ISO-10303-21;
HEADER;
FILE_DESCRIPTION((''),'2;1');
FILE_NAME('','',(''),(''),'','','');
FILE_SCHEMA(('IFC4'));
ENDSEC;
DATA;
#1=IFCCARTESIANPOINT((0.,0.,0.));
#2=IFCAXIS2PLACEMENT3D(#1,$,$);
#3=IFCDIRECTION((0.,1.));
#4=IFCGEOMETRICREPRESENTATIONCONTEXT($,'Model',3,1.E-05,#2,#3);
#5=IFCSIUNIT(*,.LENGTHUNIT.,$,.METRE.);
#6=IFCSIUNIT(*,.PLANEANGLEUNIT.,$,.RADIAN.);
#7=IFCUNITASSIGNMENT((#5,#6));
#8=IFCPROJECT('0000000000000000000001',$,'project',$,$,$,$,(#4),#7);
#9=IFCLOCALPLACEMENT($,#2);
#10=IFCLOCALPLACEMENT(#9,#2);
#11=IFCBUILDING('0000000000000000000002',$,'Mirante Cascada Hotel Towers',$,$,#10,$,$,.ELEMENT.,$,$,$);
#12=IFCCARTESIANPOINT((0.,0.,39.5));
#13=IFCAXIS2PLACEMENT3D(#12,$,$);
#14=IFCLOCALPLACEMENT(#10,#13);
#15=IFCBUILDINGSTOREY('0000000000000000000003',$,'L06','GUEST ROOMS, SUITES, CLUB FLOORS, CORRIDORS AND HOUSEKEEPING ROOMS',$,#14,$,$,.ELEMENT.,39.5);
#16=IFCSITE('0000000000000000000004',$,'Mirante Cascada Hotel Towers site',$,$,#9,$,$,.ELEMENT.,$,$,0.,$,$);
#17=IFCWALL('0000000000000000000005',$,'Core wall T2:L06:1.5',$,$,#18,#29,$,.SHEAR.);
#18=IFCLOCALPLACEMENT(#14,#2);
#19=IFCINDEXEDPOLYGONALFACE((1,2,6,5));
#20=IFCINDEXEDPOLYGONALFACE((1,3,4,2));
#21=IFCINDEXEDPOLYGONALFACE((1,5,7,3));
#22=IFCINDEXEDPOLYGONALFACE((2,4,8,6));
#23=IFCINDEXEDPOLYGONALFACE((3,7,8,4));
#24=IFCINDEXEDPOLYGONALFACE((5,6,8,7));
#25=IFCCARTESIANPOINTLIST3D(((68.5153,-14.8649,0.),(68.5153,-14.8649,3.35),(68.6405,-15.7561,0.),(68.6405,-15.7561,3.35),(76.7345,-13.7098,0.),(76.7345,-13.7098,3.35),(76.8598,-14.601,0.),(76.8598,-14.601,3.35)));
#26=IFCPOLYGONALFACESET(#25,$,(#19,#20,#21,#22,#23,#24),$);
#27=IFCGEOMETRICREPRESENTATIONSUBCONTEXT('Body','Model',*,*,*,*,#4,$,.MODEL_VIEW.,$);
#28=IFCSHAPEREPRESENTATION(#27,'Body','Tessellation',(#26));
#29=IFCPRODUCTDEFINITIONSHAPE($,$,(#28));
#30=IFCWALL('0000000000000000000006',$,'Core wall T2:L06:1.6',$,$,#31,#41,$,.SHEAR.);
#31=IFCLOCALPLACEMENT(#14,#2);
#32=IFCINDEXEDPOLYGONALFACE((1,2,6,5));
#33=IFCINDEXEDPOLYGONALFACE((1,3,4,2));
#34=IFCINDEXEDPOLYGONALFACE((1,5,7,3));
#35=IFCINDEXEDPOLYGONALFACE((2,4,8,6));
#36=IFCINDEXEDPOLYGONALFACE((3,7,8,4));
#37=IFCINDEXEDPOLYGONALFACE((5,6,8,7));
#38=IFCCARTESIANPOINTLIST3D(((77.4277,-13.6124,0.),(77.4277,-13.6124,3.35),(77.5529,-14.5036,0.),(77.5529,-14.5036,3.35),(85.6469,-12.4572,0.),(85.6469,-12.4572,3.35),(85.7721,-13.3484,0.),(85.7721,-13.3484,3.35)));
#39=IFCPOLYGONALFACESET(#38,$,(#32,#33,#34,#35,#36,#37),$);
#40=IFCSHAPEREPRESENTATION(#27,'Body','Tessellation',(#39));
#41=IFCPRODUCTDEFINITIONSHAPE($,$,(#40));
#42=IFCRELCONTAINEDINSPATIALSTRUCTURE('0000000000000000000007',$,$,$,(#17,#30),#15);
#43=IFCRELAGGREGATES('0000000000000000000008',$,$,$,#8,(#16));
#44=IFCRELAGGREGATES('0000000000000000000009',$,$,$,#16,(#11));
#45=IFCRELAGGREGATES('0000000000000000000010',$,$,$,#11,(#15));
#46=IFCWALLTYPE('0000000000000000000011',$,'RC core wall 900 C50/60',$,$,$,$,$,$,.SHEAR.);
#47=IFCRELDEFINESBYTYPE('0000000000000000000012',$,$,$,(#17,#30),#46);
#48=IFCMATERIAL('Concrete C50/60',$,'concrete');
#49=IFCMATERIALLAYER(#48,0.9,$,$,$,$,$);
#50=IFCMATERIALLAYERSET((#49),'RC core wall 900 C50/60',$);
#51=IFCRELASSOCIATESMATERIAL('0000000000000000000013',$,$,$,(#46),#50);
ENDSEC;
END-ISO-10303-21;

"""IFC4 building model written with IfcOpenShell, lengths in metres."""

from ifc_helpers import new_model, si_unit, direction, frame, frame_2d, origin, place, context, subcontext, project, spatial, rectangle, extrude, material, layer, layer_set, type_object, element, save


model = new_model("IFC4")

# Units and contexts
model_context = context("Model", 3, precision=1e-05, world=origin(), true_north=direction((0.0, 1.0)))
body_context = subcontext(model_context, "Body", "Model", "MODEL_VIEW")
ifc_project = project(units=[si_unit("LENGTHUNIT", "METRE"), si_unit("PLANEANGLEUNIT", "RADIAN")], contexts=[model_context])

# Site, building, storey
site_placement = place(None, origin())
site = spatial("IfcSite", under=ifc_project, at=site_placement, Name="Mirante Cascada Hotel Towers site", CompositionType="ELEMENT", RefElevation=0.0)
building_placement = place(site_placement, origin())
building = spatial("IfcBuilding", under=site, at=building_placement, Name="Mirante Cascada Hotel Towers", CompositionType="ELEMENT")
storey_placement = place(building_placement, frame((0.0, 0.0, 39.5)))
storey = spatial("IfcBuildingStorey", under=building, at=storey_placement, Name="L06", Description="GUEST ROOMS, SUITES, CLUB FLOORS, CORRIDORS AND HOUSEKEEPING ROOMS", CompositionType="ELEMENT", Elevation=39.5)

# Walls
ifc_material_1 = material(Name="Concrete C50/60", Category="concrete")
ifc_layer_1 = layer(ifc_material_1, 0.9)
ifc_layer_set_1 = layer_set([ifc_layer_1], Name="RC core wall 900 C50/60")
wall_type_1 = type_object("IfcWallType", Name="RC core wall 900 C50/60", PredefinedType="SHEAR", material=ifc_layer_set_1)
for number, where, z_axis, x_axis, name in (
    (1, (68.5779, -15.3105, 0.0), (0.0, 0.0, 1.0), (0.990269, 0.139169, 0.0), "Core wall T2:L06:1.5"),
    (2, (77.4903, -14.058, 0.0), (0.0, 0.0, 1.0), (0.990267, 0.139181, 0.0), "Core wall T2:L06:1.6"),
):
    element("IfcWall", number, at=place(storey_placement, frame(where, z_axis=z_axis, x_axis=x_axis)), inside=storey, type_object=wall_type_1, Name=name, PredefinedType="SHEAR", context=body_context, shape_type="SweptSolid", body=[
        extrude(rectangle(XDim=8.3, YDim=0.9, at=frame_2d((4.15, 0.0))), origin(), (0.0, 0.0, 1.0), 3.35),
    ])

save(model, "model.ifc")
